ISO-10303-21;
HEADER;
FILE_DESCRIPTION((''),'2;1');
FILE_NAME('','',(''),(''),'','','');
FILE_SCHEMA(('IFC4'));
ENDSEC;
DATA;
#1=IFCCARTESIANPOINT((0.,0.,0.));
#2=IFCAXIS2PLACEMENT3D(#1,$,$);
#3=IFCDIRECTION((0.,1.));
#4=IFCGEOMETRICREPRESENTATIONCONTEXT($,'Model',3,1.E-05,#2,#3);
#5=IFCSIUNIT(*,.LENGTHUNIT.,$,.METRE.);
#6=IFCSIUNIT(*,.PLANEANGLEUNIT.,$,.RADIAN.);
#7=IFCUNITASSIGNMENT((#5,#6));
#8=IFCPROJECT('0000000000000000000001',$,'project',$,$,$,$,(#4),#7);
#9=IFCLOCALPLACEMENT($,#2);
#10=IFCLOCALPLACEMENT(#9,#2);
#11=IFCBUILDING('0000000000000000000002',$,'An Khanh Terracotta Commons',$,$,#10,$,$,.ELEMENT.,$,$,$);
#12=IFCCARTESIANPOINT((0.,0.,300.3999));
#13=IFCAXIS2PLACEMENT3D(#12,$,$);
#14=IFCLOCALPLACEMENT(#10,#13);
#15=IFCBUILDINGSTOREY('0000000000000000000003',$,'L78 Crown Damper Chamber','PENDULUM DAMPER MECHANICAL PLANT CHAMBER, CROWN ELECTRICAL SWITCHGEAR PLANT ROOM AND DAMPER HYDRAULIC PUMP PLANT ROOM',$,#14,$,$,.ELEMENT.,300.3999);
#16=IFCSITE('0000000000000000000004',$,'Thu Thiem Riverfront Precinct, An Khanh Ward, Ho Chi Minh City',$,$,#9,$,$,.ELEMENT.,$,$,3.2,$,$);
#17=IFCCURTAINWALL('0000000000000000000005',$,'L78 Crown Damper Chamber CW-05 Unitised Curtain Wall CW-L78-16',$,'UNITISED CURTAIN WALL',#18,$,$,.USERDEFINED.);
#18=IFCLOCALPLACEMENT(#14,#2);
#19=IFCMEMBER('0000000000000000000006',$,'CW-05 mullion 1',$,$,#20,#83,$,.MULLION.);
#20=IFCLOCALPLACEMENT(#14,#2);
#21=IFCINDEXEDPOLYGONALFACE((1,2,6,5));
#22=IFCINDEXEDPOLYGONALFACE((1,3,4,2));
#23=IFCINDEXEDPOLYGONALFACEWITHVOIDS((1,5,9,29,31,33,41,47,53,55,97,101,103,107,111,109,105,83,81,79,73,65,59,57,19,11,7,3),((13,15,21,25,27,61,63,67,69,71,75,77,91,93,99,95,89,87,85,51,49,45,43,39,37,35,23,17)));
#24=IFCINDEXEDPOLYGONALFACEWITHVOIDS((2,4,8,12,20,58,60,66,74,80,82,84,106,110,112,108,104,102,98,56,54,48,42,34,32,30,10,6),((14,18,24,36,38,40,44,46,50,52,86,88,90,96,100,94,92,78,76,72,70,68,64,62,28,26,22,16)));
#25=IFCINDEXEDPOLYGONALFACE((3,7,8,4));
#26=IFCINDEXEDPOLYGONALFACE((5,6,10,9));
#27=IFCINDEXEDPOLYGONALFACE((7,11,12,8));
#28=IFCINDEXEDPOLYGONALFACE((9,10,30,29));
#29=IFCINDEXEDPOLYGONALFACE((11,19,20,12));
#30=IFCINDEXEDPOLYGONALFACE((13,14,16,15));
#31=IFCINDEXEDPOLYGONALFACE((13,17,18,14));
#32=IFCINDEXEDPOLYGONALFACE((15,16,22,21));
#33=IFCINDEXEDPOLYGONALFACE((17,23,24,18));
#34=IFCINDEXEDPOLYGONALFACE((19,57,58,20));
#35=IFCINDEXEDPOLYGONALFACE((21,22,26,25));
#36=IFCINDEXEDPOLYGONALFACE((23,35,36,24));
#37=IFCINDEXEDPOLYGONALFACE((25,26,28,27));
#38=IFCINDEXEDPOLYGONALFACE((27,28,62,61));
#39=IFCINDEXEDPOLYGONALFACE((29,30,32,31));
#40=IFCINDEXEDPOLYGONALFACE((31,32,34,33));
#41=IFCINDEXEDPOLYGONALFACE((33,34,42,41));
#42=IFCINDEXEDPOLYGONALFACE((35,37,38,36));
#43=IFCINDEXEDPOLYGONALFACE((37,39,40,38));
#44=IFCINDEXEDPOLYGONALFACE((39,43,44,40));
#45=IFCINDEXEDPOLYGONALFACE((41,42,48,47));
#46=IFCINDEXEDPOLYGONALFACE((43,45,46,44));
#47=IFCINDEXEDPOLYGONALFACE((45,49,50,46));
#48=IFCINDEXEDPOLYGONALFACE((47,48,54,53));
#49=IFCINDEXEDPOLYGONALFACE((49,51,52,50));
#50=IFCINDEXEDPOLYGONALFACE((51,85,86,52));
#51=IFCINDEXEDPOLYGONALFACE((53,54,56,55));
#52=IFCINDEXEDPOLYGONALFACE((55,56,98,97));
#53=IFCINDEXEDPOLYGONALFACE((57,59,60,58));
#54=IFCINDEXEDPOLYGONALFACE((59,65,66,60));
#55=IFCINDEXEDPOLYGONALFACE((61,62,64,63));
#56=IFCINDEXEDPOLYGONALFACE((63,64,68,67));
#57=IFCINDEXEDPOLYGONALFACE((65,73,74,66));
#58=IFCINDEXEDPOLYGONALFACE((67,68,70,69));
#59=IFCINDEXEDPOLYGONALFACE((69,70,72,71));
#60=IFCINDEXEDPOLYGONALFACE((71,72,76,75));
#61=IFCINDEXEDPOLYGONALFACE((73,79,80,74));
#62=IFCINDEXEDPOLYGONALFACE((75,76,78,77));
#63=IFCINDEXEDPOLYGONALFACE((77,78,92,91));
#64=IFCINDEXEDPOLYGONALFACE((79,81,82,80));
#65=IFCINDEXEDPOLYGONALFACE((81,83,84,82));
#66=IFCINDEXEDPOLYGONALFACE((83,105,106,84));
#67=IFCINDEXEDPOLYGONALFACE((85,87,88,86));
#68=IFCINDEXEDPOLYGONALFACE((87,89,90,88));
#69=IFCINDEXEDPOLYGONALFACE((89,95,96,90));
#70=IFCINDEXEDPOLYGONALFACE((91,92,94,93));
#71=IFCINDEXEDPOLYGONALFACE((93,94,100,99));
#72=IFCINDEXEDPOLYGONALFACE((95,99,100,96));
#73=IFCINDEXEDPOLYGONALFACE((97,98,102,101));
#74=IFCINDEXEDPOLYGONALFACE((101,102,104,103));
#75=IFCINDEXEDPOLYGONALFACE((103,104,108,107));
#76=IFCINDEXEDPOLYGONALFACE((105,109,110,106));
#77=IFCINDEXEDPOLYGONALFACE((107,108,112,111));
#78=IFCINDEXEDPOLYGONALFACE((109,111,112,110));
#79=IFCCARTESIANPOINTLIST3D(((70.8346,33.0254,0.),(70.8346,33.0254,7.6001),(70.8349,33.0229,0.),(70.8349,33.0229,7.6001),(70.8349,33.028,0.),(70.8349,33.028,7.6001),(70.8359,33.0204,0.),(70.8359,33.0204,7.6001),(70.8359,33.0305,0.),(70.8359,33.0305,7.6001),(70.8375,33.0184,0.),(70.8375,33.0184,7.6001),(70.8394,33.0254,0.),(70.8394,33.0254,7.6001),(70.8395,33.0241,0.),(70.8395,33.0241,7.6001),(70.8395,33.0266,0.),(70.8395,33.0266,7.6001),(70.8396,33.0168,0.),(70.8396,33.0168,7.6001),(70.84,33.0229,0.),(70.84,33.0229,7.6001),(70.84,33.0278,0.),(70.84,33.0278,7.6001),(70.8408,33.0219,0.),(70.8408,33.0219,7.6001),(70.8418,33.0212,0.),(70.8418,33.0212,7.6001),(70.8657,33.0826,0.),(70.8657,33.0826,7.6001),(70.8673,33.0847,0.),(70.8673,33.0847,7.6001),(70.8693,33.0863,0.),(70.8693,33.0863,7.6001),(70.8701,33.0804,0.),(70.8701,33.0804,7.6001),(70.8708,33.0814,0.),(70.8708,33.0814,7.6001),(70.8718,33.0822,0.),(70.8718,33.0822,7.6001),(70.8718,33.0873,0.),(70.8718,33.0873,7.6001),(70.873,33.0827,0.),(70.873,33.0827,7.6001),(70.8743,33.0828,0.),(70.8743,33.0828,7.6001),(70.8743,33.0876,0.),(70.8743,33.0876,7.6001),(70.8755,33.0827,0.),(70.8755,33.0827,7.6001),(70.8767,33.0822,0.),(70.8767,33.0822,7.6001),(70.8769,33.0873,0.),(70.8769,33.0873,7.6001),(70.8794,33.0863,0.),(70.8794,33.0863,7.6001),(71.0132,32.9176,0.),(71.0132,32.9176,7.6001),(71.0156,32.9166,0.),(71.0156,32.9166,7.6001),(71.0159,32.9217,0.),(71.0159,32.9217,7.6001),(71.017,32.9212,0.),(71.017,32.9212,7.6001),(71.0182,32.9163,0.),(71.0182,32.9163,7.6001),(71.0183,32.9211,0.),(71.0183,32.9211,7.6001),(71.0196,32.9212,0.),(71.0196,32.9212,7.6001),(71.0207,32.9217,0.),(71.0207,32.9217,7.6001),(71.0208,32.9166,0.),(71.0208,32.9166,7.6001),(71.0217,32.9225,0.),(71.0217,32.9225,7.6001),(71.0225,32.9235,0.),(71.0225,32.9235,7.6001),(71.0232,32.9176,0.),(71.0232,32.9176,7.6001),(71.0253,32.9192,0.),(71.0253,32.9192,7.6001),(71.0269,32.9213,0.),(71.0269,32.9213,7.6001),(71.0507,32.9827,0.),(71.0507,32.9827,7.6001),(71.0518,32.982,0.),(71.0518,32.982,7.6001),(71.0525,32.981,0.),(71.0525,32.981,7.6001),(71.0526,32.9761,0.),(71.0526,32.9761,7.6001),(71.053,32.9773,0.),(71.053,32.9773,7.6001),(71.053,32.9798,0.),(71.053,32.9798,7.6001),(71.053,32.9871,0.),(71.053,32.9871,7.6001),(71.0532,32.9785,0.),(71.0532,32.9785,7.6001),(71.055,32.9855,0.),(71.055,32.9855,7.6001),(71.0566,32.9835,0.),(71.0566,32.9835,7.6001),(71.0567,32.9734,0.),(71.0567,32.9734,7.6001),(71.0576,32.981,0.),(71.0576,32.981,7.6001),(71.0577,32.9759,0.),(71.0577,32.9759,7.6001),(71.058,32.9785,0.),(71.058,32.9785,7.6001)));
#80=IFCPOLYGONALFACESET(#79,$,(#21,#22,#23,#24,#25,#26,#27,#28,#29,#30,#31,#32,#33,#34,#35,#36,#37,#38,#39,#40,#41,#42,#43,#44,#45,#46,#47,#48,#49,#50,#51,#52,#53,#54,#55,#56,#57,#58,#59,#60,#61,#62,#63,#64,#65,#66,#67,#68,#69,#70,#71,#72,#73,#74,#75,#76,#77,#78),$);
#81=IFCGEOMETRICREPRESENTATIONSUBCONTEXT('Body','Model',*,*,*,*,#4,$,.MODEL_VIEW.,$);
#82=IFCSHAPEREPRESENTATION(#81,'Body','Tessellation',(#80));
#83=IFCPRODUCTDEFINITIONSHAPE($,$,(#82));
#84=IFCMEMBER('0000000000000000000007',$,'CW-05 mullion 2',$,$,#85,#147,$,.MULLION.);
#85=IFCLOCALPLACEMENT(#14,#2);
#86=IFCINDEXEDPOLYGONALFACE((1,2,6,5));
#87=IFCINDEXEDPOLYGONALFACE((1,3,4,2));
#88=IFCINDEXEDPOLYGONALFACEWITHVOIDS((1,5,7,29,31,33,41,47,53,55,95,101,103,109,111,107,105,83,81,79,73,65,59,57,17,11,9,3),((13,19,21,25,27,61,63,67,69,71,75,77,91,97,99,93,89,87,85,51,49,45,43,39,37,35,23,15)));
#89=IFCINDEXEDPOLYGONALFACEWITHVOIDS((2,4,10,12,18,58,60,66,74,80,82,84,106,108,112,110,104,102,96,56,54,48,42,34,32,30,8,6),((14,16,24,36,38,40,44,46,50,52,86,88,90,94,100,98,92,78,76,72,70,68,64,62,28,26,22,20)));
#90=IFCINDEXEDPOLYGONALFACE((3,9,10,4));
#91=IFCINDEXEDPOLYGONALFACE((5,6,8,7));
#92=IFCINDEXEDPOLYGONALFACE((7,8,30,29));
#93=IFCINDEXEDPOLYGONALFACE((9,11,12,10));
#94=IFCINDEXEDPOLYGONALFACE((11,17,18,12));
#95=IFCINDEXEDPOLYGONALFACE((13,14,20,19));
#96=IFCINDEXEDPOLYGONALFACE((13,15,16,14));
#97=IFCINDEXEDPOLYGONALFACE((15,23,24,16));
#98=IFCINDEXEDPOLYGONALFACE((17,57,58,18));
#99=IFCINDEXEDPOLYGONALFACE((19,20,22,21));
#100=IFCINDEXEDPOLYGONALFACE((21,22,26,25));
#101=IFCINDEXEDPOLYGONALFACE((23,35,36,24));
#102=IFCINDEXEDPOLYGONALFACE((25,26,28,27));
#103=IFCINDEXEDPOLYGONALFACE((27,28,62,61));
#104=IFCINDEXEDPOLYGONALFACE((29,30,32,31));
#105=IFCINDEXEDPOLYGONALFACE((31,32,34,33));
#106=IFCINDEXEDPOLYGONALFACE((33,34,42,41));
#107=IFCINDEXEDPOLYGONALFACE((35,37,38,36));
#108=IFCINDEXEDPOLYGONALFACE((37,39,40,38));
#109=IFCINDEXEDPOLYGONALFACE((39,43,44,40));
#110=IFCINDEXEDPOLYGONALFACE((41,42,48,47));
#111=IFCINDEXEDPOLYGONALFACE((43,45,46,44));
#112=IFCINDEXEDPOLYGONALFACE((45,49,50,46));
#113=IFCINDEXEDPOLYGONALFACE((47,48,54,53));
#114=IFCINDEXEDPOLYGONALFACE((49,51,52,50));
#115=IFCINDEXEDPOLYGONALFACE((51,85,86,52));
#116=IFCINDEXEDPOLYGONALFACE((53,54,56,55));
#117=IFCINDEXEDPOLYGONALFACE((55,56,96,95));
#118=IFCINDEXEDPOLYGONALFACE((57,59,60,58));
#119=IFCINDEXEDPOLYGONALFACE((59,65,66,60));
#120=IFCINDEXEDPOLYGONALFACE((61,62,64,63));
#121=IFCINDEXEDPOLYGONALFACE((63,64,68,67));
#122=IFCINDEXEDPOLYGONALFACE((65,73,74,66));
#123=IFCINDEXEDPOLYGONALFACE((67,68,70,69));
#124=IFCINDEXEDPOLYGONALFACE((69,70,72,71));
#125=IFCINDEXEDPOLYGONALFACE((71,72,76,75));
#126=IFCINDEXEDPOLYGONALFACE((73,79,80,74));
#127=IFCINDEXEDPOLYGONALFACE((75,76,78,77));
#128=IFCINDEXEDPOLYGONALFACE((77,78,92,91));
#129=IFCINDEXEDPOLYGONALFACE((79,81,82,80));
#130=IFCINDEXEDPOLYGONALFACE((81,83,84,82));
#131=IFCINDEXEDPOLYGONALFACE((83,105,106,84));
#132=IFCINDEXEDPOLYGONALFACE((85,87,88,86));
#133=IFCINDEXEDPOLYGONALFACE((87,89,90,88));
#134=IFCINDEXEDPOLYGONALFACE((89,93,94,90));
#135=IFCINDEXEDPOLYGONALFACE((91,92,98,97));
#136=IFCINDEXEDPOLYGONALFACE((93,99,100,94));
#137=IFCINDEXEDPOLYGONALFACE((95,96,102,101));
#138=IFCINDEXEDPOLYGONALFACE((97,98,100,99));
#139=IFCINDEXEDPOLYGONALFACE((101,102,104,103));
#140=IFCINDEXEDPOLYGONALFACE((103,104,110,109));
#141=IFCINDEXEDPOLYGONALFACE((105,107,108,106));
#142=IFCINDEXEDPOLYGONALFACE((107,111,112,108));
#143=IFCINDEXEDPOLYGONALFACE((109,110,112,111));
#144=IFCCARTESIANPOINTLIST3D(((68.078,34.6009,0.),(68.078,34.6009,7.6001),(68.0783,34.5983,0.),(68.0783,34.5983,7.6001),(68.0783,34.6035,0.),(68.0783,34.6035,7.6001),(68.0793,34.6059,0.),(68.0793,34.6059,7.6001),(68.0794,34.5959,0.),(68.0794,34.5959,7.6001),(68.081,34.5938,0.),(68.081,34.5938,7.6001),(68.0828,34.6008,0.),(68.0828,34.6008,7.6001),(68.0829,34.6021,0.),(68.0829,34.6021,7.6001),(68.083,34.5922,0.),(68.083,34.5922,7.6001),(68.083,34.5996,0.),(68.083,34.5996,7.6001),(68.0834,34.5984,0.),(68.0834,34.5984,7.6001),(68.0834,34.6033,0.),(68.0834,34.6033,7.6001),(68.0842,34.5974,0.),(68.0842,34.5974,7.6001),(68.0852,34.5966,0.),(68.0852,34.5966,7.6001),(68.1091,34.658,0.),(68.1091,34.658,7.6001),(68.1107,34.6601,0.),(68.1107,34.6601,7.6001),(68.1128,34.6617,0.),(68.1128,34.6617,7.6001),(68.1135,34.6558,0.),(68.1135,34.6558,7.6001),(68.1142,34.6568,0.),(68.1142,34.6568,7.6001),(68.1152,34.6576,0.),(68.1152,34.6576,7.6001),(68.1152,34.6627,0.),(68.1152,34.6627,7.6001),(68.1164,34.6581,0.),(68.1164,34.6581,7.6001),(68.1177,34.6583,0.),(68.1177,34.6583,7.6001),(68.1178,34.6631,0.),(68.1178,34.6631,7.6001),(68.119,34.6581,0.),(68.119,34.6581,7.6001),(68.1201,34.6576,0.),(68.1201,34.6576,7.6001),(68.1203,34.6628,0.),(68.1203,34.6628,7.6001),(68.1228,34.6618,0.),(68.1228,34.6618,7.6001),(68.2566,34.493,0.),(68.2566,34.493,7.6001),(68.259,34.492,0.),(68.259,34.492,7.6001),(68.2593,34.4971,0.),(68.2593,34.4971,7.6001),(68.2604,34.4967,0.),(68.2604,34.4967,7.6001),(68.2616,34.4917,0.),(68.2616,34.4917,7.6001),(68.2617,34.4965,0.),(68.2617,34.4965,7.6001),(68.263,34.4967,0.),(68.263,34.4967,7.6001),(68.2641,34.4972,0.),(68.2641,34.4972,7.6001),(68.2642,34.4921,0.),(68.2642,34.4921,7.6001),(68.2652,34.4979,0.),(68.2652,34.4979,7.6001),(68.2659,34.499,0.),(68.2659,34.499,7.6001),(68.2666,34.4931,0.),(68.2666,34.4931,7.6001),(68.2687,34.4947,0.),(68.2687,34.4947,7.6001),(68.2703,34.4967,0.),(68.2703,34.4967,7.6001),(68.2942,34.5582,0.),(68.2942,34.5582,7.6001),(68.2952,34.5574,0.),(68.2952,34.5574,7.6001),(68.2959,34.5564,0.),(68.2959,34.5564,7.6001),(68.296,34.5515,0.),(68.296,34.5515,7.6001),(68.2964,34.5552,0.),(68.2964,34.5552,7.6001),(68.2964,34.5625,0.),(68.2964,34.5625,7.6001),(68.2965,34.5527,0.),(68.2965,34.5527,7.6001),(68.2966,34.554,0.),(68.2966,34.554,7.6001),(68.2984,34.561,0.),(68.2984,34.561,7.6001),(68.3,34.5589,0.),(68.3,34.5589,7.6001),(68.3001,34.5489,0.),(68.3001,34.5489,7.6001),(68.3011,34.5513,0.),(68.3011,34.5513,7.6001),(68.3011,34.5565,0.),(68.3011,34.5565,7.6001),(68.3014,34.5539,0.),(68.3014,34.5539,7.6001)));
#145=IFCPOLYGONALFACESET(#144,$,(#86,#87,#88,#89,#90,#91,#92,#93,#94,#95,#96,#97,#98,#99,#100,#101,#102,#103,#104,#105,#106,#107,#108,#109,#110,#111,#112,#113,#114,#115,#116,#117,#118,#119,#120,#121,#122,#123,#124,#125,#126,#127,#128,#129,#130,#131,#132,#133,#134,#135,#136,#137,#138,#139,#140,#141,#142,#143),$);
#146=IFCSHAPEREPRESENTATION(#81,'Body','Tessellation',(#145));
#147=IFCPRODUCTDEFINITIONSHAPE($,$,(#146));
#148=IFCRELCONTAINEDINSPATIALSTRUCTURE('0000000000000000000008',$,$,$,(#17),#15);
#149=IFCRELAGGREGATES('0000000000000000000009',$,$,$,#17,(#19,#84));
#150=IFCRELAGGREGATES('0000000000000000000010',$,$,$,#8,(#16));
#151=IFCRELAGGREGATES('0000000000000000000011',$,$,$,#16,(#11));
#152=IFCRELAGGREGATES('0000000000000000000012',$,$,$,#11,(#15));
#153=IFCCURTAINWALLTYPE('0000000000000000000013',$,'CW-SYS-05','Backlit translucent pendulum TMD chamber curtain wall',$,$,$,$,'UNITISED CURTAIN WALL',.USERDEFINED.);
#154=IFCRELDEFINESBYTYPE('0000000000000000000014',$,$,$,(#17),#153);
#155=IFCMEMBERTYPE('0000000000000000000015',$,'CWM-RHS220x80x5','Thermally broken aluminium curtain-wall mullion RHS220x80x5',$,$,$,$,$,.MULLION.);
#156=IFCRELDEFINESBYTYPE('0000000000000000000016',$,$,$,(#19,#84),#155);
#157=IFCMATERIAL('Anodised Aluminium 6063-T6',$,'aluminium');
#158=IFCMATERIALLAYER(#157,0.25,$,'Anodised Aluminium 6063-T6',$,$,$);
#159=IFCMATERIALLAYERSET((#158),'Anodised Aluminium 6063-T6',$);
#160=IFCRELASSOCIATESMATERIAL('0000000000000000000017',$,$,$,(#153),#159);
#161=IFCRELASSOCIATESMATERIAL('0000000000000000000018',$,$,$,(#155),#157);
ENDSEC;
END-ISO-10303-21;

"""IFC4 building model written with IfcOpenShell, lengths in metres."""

from ifc_helpers import new_model, si_unit, direction, frame, origin, origin_2d, place, context, subcontext, project, spatial, hollow_rectangle, extrude, material, layer, layer_set, material_profile, profile_set, type_object, element, aggregate, save


model = new_model("IFC4")

# Units and contexts
model_context = context("Model", 3, precision=1e-05, world=origin(), true_north=direction((0.0, 1.0)))
body_context = subcontext(model_context, "Body", "Model", "MODEL_VIEW")
ifc_project = project(units=[si_unit("LENGTHUNIT", "METRE"), si_unit("PLANEANGLEUNIT", "RADIAN")], contexts=[model_context])

# Site, building, storey
site_placement = place(None, origin())
site = spatial("IfcSite", under=ifc_project, at=site_placement, Name="Thu Thiem Riverfront Precinct, An Khanh Ward, Ho Chi Minh City", CompositionType="ELEMENT", RefElevation=3.2)
building_placement = place(site_placement, origin())
building = spatial("IfcBuilding", under=site, at=building_placement, Name="An Khanh Terracotta Commons", CompositionType="ELEMENT")
storey_placement = place(building_placement, frame((0.0, 0.0, 300.3999)))
storey = spatial("IfcBuildingStorey", under=building, at=storey_placement, Name="L78 Crown Damper Chamber", Description="PENDULUM DAMPER MECHANICAL PLANT CHAMBER, CROWN ELECTRICAL SWITCHGEAR PLANT ROOM AND DAMPER HYDRAULIC PUMP PLANT ROOM", CompositionType="ELEMENT", Elevation=300.3999)

# Curtain wall, members
ifc_material_1 = material(Name="Anodised Aluminium 6063-T6", Category="aluminium")
ifc_layer_1 = layer(ifc_material_1, 0.25, Name="Anodised Aluminium 6063-T6")
ifc_layer_set_1 = layer_set([ifc_layer_1], Name="Anodised Aluminium 6063-T6")
curtain_wall_type = type_object("IfcCurtainWallType", Name="CW-SYS-05", Description="Backlit translucent pendulum TMD chamber curtain wall", ElementType="UNITISED CURTAIN WALL", PredefinedType="USERDEFINED", material=ifc_layer_set_1)
ifc_material_profile_1 = material_profile(ifc_material_1, hollow_rectangle(XDim=0.0801, YDim=0.22, WallThickness=0.0049, InnerFilletRadius=0.0049, OuterFilletRadius=0.01, at=origin_2d()), Name="RHS220x80x5")
ifc_profile_set_1 = profile_set([ifc_material_profile_1], Name="Anodised Aluminium 6063-T6")
member_type_1 = type_object("IfcMemberType", Name="CWM-RHS220x80x5", Description="Thermally broken aluminium curtain-wall mullion RHS220x80x5", PredefinedType="MULLION", material=ifc_profile_set_1)
curtain_wall_1_placement = place(storey_placement, origin())
curtain_wall_1 = element("IfcCurtainWall", 1, at=curtain_wall_1_placement, inside=storey, type_object=curtain_wall_type, Name="L78 Crown Damper Chamber CW-05 Unitised Curtain Wall CW-L78-16", ObjectType="UNITISED CURTAIN WALL", PredefinedType="USERDEFINED")
member_1_placement = place(storey_placement, frame((70.9463, 33.002, 0.0), z_axis=(0.0, 0.0, 1.0), x_axis=(-0.496206, -0.868205, 0.0)))
member_1 = element("IfcMember", 2, at=member_1_placement, type_object=member_type_1, Name="CW-05 mullion 1", PredefinedType="MULLION", context=body_context, shape_type="SweptSolid", body=[
    extrude(hollow_rectangle(XDim=0.0801, YDim=0.22, WallThickness=0.0049, InnerFilletRadius=0.0049, OuterFilletRadius=0.01, at=origin_2d()), origin(), (0.0, 0.0, 1.0), 7.6001),
])
member_2_placement = place(storey_placement, frame((68.1897, 34.5774, 0.0), z_axis=(0.0, 0.0, 1.0), x_axis=(-0.496206, -0.868205, 0.0)))
member_2 = element("IfcMember", 3, at=member_2_placement, type_object=member_type_1, Name="CW-05 mullion 2", PredefinedType="MULLION", context=body_context, shape_type="SweptSolid", body=[
    extrude(hollow_rectangle(XDim=0.0801, YDim=0.22, WallThickness=0.0049, InnerFilletRadius=0.0049, OuterFilletRadius=0.01, at=origin_2d()), origin(), (0.0, 0.0, 1.0), 7.6001),
])

aggregate(curtain_wall_1, [member_1, member_2])

save(model, "model.ifc")
